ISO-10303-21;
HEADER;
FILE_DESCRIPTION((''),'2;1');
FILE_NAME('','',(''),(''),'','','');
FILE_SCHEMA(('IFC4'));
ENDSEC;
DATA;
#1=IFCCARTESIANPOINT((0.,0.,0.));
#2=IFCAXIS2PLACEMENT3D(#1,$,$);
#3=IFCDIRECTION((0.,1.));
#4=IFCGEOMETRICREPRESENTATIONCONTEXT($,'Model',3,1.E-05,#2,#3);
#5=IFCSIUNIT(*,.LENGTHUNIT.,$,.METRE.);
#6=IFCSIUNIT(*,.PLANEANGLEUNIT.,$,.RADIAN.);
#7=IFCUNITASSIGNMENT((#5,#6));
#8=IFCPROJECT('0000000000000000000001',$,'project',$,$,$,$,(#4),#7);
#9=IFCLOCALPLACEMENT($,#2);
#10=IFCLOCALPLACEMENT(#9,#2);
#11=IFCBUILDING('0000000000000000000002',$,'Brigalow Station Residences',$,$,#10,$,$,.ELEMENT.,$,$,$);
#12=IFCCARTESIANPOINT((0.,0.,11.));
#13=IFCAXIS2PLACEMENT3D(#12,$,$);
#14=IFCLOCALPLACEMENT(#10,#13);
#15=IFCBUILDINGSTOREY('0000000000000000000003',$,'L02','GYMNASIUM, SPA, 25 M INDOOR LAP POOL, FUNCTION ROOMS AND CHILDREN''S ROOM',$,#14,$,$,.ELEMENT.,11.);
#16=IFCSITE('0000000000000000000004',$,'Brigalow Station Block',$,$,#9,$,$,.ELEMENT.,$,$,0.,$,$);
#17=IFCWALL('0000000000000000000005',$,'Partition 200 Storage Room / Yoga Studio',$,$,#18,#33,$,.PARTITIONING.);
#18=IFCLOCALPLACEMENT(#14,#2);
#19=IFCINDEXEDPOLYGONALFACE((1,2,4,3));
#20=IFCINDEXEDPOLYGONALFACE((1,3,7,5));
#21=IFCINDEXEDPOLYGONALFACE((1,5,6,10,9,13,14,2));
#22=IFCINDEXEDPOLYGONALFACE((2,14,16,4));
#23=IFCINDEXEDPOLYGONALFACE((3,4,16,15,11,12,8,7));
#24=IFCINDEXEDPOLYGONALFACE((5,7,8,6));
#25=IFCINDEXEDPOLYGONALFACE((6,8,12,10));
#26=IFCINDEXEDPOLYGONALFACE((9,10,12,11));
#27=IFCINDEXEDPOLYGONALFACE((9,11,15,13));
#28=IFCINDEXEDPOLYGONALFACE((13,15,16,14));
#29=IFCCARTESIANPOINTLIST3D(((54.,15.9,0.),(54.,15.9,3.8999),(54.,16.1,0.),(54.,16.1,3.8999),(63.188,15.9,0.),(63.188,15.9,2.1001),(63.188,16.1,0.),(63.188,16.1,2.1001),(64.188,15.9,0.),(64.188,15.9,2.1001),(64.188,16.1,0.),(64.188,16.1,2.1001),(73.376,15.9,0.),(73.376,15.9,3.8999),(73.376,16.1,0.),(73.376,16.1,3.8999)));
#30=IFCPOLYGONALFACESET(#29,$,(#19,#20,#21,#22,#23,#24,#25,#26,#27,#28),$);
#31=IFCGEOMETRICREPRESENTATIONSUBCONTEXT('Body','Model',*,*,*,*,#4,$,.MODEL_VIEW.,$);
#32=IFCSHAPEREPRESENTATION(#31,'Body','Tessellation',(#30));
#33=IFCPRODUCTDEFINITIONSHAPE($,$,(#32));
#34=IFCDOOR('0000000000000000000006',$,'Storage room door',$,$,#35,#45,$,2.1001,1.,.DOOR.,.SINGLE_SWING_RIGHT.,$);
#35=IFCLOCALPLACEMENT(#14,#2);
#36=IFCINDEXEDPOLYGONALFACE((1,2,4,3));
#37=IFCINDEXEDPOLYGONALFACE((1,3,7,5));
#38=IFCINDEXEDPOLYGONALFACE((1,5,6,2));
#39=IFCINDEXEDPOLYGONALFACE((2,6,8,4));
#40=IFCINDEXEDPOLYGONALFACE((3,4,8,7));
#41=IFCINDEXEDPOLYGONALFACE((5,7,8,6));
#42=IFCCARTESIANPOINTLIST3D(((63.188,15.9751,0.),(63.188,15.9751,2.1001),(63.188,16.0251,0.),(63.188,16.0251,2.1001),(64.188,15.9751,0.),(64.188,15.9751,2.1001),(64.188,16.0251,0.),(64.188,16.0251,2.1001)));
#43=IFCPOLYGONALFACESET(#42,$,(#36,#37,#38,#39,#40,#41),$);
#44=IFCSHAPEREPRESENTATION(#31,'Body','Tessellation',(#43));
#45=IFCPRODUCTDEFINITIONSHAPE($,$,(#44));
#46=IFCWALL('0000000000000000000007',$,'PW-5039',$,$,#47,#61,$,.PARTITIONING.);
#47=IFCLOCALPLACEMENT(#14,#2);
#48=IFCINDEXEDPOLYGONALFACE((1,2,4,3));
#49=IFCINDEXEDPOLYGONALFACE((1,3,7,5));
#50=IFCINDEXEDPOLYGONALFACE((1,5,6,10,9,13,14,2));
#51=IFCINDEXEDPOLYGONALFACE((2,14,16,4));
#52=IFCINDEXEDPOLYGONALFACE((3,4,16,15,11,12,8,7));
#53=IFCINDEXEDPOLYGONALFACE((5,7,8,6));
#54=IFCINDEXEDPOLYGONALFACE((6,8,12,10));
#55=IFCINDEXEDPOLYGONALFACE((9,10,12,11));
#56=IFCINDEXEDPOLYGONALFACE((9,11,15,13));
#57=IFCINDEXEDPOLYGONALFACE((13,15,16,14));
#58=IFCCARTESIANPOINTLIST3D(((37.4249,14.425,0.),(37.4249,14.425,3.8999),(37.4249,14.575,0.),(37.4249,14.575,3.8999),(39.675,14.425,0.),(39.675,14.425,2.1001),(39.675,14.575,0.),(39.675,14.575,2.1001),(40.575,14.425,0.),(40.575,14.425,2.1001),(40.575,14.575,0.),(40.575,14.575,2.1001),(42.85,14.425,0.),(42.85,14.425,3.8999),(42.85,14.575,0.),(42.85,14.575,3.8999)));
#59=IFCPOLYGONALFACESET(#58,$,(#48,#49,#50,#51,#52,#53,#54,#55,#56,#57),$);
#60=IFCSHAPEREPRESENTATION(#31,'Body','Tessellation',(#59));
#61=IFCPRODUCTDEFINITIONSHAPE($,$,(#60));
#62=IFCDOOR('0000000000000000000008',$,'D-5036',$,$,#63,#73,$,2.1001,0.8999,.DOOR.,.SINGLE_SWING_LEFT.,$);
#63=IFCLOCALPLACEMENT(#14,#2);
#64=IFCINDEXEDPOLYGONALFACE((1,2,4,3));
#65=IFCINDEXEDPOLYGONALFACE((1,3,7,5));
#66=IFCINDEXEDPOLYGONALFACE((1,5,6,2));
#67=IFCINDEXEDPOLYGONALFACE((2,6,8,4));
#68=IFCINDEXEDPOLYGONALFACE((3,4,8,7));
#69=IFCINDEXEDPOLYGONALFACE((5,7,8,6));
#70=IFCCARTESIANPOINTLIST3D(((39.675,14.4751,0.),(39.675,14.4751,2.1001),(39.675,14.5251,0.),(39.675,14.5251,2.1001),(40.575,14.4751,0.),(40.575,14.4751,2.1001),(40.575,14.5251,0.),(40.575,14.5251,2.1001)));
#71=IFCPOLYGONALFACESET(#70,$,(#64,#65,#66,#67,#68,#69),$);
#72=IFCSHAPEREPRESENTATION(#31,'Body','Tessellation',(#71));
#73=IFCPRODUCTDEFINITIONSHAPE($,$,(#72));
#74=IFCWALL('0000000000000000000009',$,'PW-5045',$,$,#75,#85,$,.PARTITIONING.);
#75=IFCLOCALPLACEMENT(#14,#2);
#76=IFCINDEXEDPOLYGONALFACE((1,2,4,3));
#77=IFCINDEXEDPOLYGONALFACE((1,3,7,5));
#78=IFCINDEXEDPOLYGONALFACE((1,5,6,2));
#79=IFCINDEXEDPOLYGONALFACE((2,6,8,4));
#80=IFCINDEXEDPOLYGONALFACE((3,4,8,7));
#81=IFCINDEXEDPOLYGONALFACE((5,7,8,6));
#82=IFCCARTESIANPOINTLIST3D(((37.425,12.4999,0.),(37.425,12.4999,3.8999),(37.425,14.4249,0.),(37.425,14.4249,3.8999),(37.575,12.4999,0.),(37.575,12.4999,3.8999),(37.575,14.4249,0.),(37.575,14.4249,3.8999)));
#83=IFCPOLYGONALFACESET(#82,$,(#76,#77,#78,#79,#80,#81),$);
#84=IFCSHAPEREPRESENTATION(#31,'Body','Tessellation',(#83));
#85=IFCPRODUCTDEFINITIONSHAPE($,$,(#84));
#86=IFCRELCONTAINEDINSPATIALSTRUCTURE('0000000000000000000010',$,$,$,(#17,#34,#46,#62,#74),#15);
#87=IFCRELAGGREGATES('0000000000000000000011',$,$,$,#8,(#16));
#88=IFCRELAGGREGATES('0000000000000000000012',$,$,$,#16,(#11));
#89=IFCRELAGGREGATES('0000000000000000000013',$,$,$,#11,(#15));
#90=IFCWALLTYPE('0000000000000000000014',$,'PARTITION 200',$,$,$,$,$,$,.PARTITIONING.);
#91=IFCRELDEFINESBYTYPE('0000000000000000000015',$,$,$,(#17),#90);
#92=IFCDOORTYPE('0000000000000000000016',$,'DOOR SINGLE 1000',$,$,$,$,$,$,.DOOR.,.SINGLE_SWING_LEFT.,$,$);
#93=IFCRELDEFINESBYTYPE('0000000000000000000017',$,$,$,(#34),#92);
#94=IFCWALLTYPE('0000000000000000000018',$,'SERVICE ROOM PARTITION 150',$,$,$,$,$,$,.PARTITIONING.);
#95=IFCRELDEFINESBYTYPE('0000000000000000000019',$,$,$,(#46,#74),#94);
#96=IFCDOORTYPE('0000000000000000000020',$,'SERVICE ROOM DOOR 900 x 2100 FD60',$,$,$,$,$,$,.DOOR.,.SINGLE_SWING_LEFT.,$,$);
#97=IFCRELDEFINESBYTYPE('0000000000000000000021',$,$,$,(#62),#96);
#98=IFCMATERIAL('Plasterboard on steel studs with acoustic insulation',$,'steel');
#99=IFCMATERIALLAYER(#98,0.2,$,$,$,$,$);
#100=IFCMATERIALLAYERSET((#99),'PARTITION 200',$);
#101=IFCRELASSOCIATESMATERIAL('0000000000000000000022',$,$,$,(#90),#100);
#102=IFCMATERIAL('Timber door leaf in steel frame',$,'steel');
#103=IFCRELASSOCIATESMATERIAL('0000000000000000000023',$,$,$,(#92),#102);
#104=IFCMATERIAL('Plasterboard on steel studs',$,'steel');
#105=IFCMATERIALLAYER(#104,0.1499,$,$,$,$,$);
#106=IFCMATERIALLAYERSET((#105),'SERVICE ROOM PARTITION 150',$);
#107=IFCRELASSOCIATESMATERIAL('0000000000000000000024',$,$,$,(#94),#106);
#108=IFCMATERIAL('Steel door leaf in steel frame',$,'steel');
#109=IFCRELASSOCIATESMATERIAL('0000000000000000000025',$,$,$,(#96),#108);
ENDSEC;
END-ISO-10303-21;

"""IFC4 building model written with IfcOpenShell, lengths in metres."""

from ifc_helpers import new_model, si_unit, direction, frame, frame_2d, origin, place, context, subcontext, project, spatial, rectangle, extrude, material, layer, layer_set, type_object, element, fill, save


model = new_model("IFC4")

# Units and contexts
model_context = context("Model", 3, precision=1e-05, world=origin(), true_north=direction((0.0, 1.0)))
body_context = subcontext(model_context, "Body", "Model", "MODEL_VIEW")
ifc_project = project(units=[si_unit("LENGTHUNIT", "METRE"), si_unit("PLANEANGLEUNIT", "RADIAN")], contexts=[model_context])

# Site, building, storey
site_placement = place(None, origin())
site = spatial("IfcSite", under=ifc_project, at=site_placement, Name="Brigalow Station Block", CompositionType="ELEMENT", RefElevation=0.0)
building_placement = place(site_placement, origin())
building = spatial("IfcBuilding", under=site, at=building_placement, Name="Brigalow Station Residences", CompositionType="ELEMENT")
storey_placement = place(building_placement, frame((0.0, 0.0, 11.0)))
storey = spatial("IfcBuildingStorey", under=building, at=storey_placement, Name="L02", Description="GYMNASIUM, SPA, 25 M INDOOR LAP POOL, FUNCTION ROOMS AND CHILDREN'S ROOM", CompositionType="ELEMENT", Elevation=11.0)

# Walls, openings, doors
ifc_material_1 = material(Name="Plasterboard on steel studs with acoustic insulation", Category="steel")
ifc_layer_1 = layer(ifc_material_1, 0.2)
ifc_layer_set_1 = layer_set([ifc_layer_1], Name="PARTITION 200")
wall_type_1 = type_object("IfcWallType", Name="PARTITION 200", PredefinedType="PARTITIONING", material=ifc_layer_set_1)
wall_1_placement = place(storey_placement, frame((54.0, 16.0, 0.0), z_axis=(0.0, 0.0, 1.0), x_axis=(1.0, 0.0, 0.0)))
wall_1 = element("IfcWall", 1, at=wall_1_placement, inside=storey, type_object=wall_type_1, Name="Partition 200 Storage Room / Yoga Studio", PredefinedType="PARTITIONING", context=body_context, shape_type="SweptSolid", body=[
    extrude(rectangle(XDim=19.376, YDim=0.2, at=frame_2d((9.688, 0.0))), origin(), (0.0, 0.0, 1.0), 3.8999),
])
opening_1_placement = place(wall_1_placement, frame((9.188, 0.0, 0.0)))
opening_1 = element("IfcOpeningElement", 2, at=opening_1_placement, cuts=wall_1, PredefinedType="OPENING", context=body_context, shape_type="SweptSolid", body=[
    extrude(rectangle(XDim=1.0, YDim=2.1001, at=frame_2d((0.5, 1.05))), frame((0.0, 0.1099, 0.0), z_axis=(0.0, -1.0, 0.0), x_axis=(1.0, 0.0, 0.0)), (0.0, 0.0, 1.0), 0.22),
])
ifc_material_2 = material(Name="Timber door leaf in steel frame", Category="steel")
door_type_1 = type_object("IfcDoorType", Name="DOOR SINGLE 1000", OperationType="SINGLE_SWING_LEFT", PredefinedType="DOOR", material=ifc_material_2)
door_1_placement = place(opening_1_placement, frame((1.0, 0.0, 0.0), z_axis=(0.0, 0.0, 1.0), x_axis=(-1.0, 0.0, 0.0)))
door_1 = element("IfcDoor", 3, at=door_1_placement, inside=storey, type_object=door_type_1, Name="Storage room door", OperationType="SINGLE_SWING_RIGHT", OverallHeight=2.1001, OverallWidth=1.0, PredefinedType="DOOR", context=body_context, shape_type="SweptSolid", body=[
    extrude(rectangle(XDim=1.0, YDim=2.1001, at=frame_2d((0.5, 1.05))), frame((0.0, 0.0249, 0.0), z_axis=(0.0, -1.0, 0.0), x_axis=(1.0, 0.0, 0.0)), (0.0, 0.0, 1.0), 0.05),
])
fill(opening_1, door_1)
ifc_material_3 = material(Name="Plasterboard on steel studs", Category="steel")
ifc_layer_2 = layer(ifc_material_3, 0.1499)
ifc_layer_set_2 = layer_set([ifc_layer_2], Name="SERVICE ROOM PARTITION 150")
wall_type_2 = type_object("IfcWallType", Name="SERVICE ROOM PARTITION 150", PredefinedType="PARTITIONING", material=ifc_layer_set_2)
wall_2_placement = place(storey_placement, frame((37.425, 14.5, 0.0), z_axis=(0.0, 0.0, 1.0), x_axis=(1.0, 0.0, 0.0)))
wall_2 = element("IfcWall", 4, at=wall_2_placement, inside=storey, type_object=wall_type_2, Name="PW-5039", PredefinedType="PARTITIONING", context=body_context, shape_type="SweptSolid", body=[
    extrude(rectangle(XDim=5.425, YDim=0.1499, at=frame_2d((2.7124, 0.0))), origin(), (0.0, 0.0, 1.0), 3.8999),
])
opening_2_placement = place(wall_2_placement, frame((2.25, 0.0, 0.0)))
opening_2 = element("IfcOpeningElement", 5, at=opening_2_placement, cuts=wall_2, PredefinedType="OPENING", context=body_context, shape_type="SweptSolid", body=[
    extrude(rectangle(XDim=0.8999, YDim=2.1001, at=frame_2d((0.45, 1.05))), frame((0.0, 0.085, 0.0), z_axis=(0.0, -1.0, 0.0), x_axis=(1.0, 0.0, 0.0)), (0.0, 0.0, 1.0), 0.1699),
])
ifc_material_4 = material(Name="Steel door leaf in steel frame", Category="steel")
door_type_2 = type_object("IfcDoorType", Name="SERVICE ROOM DOOR 900 x 2100 FD60", OperationType="SINGLE_SWING_LEFT", PredefinedType="DOOR", material=ifc_material_4)
door_2_placement = place(opening_2_placement, frame((0.8999, 0.0, 0.0), z_axis=(0.0, 0.0, 1.0), x_axis=(-1.0, 0.0, 0.0)))
door_2 = element("IfcDoor", 6, at=door_2_placement, inside=storey, type_object=door_type_2, Name="D-5036", OperationType="SINGLE_SWING_LEFT", OverallHeight=2.1001, OverallWidth=0.8999, PredefinedType="DOOR", context=body_context, shape_type="SweptSolid", body=[
    extrude(rectangle(XDim=0.8999, YDim=2.1001, at=frame_2d((0.45, 1.05))), frame((0.0, 0.0249, 0.0), z_axis=(0.0, -1.0, 0.0), x_axis=(1.0, 0.0, 0.0)), (0.0, 0.0, 1.0), 0.05),
])
fill(opening_2, door_2)

# Wall
wall_3_placement = place(storey_placement, frame((37.5, 12.5, 0.0), z_axis=(0.0, 0.0, 1.0), x_axis=(0.0, 1.0, 0.0)))
element("IfcWall", 7, at=wall_3_placement, inside=storey, type_object=wall_type_2, Name="PW-5045", PredefinedType="PARTITIONING", context=body_context, shape_type="SweptSolid", body=[
    extrude(rectangle(XDim=1.925, YDim=0.1499, at=frame_2d((0.9624, 0.0))), origin(), (0.0, 0.0, 1.0), 3.8999),
])

save(model, "model.ifc")
